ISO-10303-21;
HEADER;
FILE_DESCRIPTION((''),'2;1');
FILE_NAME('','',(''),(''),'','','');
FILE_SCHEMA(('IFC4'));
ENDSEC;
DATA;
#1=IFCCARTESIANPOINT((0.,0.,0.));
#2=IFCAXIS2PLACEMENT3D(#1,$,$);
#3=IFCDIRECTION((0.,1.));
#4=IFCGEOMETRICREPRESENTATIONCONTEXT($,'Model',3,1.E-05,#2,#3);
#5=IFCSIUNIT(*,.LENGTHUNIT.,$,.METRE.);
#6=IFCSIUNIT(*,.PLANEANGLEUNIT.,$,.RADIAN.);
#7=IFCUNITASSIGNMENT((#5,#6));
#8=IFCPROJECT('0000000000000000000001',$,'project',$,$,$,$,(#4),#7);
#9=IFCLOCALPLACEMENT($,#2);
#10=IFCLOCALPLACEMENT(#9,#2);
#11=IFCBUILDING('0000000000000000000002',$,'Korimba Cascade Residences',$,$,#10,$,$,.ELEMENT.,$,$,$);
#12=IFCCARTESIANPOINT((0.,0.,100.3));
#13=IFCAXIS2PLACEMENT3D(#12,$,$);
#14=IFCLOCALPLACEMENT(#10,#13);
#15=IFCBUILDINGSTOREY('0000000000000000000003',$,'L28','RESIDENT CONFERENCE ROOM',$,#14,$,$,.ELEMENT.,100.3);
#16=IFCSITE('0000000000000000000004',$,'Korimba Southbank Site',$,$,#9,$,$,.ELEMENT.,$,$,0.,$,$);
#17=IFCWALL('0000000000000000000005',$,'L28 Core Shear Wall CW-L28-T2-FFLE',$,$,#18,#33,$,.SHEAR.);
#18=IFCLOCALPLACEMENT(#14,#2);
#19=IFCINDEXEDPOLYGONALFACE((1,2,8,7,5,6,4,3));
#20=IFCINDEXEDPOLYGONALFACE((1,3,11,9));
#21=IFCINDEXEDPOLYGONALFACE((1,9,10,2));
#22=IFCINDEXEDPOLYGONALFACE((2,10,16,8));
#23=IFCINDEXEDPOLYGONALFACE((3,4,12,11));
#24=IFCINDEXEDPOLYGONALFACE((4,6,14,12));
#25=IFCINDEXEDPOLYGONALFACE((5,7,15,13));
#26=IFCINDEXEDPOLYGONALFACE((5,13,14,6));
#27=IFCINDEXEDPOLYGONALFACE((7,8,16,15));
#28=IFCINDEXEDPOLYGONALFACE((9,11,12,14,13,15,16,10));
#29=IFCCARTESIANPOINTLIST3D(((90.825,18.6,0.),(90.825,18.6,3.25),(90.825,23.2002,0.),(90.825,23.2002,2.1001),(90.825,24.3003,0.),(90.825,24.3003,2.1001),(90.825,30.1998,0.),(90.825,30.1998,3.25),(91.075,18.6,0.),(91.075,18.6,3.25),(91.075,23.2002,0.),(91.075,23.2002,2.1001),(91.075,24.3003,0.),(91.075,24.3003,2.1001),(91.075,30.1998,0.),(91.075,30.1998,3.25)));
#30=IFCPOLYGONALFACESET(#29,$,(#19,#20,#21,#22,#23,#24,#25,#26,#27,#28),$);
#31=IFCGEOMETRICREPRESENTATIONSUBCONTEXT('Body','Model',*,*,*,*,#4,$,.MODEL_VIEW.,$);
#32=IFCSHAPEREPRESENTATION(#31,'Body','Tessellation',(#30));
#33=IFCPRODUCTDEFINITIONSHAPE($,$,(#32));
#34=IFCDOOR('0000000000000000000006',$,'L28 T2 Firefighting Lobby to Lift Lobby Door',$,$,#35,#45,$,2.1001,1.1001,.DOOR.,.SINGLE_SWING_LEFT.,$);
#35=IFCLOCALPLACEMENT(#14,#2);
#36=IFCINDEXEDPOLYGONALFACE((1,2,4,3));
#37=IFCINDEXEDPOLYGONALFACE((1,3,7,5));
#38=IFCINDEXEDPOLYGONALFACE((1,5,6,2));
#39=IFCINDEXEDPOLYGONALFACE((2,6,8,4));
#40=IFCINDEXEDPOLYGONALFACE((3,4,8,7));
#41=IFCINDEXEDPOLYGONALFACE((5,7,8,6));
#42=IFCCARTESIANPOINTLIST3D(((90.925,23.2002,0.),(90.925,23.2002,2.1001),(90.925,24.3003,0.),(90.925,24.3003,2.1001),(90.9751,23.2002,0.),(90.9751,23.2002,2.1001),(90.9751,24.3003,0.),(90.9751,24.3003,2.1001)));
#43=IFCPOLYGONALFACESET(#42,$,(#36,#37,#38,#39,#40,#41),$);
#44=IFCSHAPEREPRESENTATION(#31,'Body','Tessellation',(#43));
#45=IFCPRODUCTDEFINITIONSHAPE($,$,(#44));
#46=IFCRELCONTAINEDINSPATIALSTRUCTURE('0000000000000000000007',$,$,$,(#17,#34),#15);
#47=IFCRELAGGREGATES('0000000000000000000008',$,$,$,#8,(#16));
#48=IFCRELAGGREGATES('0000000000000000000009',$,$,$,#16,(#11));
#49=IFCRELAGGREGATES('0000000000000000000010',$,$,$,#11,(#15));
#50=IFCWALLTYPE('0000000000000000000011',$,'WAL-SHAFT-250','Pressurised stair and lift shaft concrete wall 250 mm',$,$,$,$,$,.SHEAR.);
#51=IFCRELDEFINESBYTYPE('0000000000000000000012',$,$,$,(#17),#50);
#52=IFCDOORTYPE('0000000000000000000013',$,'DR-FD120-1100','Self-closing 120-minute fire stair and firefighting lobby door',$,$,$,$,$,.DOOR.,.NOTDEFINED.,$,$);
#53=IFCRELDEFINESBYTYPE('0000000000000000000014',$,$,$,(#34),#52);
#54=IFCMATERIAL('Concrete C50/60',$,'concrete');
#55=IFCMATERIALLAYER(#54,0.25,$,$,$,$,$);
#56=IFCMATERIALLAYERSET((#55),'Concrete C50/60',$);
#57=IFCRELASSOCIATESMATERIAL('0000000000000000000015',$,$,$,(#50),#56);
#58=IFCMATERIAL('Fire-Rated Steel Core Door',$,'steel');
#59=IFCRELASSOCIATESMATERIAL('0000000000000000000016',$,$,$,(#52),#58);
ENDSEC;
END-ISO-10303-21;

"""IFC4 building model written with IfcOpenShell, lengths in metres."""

from ifc_helpers import new_model, si_unit, direction, frame, frame_2d, origin, place, context, subcontext, project, spatial, rectangle, extrude, material, layer, layer_set, type_object, element, fill, save


model = new_model("IFC4")

# Units and contexts
model_context = context("Model", 3, precision=1e-05, world=origin(), true_north=direction((0.0, 1.0)))
body_context = subcontext(model_context, "Body", "Model", "MODEL_VIEW")
ifc_project = project(units=[si_unit("LENGTHUNIT", "METRE"), si_unit("PLANEANGLEUNIT", "RADIAN")], contexts=[model_context])

# Site, building, storey
site_placement = place(None, origin())
site = spatial("IfcSite", under=ifc_project, at=site_placement, Name="Korimba Southbank Site", CompositionType="ELEMENT", RefElevation=0.0)
building_placement = place(site_placement, origin())
building = spatial("IfcBuilding", under=site, at=building_placement, Name="Korimba Cascade Residences", CompositionType="ELEMENT")
storey_placement = place(building_placement, frame((0.0, 0.0, 100.3)))
storey = spatial("IfcBuildingStorey", under=building, at=storey_placement, Name="L28", Description="RESIDENT CONFERENCE ROOM", CompositionType="ELEMENT", Elevation=100.3)

# Shared definitions
ifc_material_1 = material(Name="Concrete C50/60", Category="concrete")
ifc_layer_1 = layer(ifc_material_1, 0.25)
ifc_layer_set_1 = layer_set([ifc_layer_1], Name="Concrete C50/60")
wall_type_1 = type_object("IfcWallType", Name="WAL-SHAFT-250", Description="Pressurised stair and lift shaft concrete wall 250 mm", PredefinedType="SHEAR", material=ifc_layer_set_1)
ifc_material_2 = material(Name="Fire-Rated Steel Core Door", Category="steel")
door_type_1 = type_object("IfcDoorType", Name="DR-FD120-1100", Description="Self-closing 120-minute fire stair and firefighting lobby door", OperationType="NOTDEFINED", PredefinedType="DOOR", material=ifc_material_2)

# Wall, opening, door
wall_1_placement = place(storey_placement, frame((90.95, 18.6001, 0.0), z_axis=(0.0, 0.0, 1.0), x_axis=(0.0, 1.0, 0.0)))
wall_1 = element("IfcWall", 1, at=wall_1_placement, inside=storey, type_object=wall_type_1, Name="L28 Core Shear Wall CW-L28-T2-FFLE", PredefinedType="SHEAR", context=body_context, shape_type="SweptSolid", body=[
    extrude(rectangle(XDim=11.5999, YDim=0.25, at=frame_2d((5.7998, 0.0))), origin(), (0.0, 0.0, 1.0), 3.25),
])
opening_1_placement = place(wall_1_placement, frame((4.6001, 0.0, 0.0)))
opening_1 = element("IfcOpeningElement", 2, at=opening_1_placement, cuts=wall_1, PredefinedType="OPENING", context=body_context, shape_type="SweptSolid", body=[
    extrude(rectangle(XDim=1.1001, YDim=2.1001, at=frame_2d((0.55, 1.05))), frame((0.0, 0.135, 0.0), z_axis=(0.0, -1.0, 0.0), x_axis=(1.0, 0.0, 0.0)), (0.0, 0.0, 1.0), 0.27),
])
door_1_placement = place(opening_1_placement, origin())
door_1 = element("IfcDoor", 3, at=door_1_placement, inside=storey, type_object=door_type_1, Name="L28 T2 Firefighting Lobby to Lift Lobby Door", OperationType="SINGLE_SWING_LEFT", OverallHeight=2.1001, OverallWidth=1.1001, PredefinedType="DOOR", context=body_context, shape_type="SweptSolid", body=[
    extrude(rectangle(XDim=1.1001, YDim=2.1001, at=frame_2d((0.55, 1.05))), frame((0.0, 0.0249, 0.0), z_axis=(0.0, -1.0, 0.0), x_axis=(1.0, 0.0, 0.0)), (0.0, 0.0, 1.0), 0.05),
])
fill(opening_1, door_1)

save(model, "model.ifc")
